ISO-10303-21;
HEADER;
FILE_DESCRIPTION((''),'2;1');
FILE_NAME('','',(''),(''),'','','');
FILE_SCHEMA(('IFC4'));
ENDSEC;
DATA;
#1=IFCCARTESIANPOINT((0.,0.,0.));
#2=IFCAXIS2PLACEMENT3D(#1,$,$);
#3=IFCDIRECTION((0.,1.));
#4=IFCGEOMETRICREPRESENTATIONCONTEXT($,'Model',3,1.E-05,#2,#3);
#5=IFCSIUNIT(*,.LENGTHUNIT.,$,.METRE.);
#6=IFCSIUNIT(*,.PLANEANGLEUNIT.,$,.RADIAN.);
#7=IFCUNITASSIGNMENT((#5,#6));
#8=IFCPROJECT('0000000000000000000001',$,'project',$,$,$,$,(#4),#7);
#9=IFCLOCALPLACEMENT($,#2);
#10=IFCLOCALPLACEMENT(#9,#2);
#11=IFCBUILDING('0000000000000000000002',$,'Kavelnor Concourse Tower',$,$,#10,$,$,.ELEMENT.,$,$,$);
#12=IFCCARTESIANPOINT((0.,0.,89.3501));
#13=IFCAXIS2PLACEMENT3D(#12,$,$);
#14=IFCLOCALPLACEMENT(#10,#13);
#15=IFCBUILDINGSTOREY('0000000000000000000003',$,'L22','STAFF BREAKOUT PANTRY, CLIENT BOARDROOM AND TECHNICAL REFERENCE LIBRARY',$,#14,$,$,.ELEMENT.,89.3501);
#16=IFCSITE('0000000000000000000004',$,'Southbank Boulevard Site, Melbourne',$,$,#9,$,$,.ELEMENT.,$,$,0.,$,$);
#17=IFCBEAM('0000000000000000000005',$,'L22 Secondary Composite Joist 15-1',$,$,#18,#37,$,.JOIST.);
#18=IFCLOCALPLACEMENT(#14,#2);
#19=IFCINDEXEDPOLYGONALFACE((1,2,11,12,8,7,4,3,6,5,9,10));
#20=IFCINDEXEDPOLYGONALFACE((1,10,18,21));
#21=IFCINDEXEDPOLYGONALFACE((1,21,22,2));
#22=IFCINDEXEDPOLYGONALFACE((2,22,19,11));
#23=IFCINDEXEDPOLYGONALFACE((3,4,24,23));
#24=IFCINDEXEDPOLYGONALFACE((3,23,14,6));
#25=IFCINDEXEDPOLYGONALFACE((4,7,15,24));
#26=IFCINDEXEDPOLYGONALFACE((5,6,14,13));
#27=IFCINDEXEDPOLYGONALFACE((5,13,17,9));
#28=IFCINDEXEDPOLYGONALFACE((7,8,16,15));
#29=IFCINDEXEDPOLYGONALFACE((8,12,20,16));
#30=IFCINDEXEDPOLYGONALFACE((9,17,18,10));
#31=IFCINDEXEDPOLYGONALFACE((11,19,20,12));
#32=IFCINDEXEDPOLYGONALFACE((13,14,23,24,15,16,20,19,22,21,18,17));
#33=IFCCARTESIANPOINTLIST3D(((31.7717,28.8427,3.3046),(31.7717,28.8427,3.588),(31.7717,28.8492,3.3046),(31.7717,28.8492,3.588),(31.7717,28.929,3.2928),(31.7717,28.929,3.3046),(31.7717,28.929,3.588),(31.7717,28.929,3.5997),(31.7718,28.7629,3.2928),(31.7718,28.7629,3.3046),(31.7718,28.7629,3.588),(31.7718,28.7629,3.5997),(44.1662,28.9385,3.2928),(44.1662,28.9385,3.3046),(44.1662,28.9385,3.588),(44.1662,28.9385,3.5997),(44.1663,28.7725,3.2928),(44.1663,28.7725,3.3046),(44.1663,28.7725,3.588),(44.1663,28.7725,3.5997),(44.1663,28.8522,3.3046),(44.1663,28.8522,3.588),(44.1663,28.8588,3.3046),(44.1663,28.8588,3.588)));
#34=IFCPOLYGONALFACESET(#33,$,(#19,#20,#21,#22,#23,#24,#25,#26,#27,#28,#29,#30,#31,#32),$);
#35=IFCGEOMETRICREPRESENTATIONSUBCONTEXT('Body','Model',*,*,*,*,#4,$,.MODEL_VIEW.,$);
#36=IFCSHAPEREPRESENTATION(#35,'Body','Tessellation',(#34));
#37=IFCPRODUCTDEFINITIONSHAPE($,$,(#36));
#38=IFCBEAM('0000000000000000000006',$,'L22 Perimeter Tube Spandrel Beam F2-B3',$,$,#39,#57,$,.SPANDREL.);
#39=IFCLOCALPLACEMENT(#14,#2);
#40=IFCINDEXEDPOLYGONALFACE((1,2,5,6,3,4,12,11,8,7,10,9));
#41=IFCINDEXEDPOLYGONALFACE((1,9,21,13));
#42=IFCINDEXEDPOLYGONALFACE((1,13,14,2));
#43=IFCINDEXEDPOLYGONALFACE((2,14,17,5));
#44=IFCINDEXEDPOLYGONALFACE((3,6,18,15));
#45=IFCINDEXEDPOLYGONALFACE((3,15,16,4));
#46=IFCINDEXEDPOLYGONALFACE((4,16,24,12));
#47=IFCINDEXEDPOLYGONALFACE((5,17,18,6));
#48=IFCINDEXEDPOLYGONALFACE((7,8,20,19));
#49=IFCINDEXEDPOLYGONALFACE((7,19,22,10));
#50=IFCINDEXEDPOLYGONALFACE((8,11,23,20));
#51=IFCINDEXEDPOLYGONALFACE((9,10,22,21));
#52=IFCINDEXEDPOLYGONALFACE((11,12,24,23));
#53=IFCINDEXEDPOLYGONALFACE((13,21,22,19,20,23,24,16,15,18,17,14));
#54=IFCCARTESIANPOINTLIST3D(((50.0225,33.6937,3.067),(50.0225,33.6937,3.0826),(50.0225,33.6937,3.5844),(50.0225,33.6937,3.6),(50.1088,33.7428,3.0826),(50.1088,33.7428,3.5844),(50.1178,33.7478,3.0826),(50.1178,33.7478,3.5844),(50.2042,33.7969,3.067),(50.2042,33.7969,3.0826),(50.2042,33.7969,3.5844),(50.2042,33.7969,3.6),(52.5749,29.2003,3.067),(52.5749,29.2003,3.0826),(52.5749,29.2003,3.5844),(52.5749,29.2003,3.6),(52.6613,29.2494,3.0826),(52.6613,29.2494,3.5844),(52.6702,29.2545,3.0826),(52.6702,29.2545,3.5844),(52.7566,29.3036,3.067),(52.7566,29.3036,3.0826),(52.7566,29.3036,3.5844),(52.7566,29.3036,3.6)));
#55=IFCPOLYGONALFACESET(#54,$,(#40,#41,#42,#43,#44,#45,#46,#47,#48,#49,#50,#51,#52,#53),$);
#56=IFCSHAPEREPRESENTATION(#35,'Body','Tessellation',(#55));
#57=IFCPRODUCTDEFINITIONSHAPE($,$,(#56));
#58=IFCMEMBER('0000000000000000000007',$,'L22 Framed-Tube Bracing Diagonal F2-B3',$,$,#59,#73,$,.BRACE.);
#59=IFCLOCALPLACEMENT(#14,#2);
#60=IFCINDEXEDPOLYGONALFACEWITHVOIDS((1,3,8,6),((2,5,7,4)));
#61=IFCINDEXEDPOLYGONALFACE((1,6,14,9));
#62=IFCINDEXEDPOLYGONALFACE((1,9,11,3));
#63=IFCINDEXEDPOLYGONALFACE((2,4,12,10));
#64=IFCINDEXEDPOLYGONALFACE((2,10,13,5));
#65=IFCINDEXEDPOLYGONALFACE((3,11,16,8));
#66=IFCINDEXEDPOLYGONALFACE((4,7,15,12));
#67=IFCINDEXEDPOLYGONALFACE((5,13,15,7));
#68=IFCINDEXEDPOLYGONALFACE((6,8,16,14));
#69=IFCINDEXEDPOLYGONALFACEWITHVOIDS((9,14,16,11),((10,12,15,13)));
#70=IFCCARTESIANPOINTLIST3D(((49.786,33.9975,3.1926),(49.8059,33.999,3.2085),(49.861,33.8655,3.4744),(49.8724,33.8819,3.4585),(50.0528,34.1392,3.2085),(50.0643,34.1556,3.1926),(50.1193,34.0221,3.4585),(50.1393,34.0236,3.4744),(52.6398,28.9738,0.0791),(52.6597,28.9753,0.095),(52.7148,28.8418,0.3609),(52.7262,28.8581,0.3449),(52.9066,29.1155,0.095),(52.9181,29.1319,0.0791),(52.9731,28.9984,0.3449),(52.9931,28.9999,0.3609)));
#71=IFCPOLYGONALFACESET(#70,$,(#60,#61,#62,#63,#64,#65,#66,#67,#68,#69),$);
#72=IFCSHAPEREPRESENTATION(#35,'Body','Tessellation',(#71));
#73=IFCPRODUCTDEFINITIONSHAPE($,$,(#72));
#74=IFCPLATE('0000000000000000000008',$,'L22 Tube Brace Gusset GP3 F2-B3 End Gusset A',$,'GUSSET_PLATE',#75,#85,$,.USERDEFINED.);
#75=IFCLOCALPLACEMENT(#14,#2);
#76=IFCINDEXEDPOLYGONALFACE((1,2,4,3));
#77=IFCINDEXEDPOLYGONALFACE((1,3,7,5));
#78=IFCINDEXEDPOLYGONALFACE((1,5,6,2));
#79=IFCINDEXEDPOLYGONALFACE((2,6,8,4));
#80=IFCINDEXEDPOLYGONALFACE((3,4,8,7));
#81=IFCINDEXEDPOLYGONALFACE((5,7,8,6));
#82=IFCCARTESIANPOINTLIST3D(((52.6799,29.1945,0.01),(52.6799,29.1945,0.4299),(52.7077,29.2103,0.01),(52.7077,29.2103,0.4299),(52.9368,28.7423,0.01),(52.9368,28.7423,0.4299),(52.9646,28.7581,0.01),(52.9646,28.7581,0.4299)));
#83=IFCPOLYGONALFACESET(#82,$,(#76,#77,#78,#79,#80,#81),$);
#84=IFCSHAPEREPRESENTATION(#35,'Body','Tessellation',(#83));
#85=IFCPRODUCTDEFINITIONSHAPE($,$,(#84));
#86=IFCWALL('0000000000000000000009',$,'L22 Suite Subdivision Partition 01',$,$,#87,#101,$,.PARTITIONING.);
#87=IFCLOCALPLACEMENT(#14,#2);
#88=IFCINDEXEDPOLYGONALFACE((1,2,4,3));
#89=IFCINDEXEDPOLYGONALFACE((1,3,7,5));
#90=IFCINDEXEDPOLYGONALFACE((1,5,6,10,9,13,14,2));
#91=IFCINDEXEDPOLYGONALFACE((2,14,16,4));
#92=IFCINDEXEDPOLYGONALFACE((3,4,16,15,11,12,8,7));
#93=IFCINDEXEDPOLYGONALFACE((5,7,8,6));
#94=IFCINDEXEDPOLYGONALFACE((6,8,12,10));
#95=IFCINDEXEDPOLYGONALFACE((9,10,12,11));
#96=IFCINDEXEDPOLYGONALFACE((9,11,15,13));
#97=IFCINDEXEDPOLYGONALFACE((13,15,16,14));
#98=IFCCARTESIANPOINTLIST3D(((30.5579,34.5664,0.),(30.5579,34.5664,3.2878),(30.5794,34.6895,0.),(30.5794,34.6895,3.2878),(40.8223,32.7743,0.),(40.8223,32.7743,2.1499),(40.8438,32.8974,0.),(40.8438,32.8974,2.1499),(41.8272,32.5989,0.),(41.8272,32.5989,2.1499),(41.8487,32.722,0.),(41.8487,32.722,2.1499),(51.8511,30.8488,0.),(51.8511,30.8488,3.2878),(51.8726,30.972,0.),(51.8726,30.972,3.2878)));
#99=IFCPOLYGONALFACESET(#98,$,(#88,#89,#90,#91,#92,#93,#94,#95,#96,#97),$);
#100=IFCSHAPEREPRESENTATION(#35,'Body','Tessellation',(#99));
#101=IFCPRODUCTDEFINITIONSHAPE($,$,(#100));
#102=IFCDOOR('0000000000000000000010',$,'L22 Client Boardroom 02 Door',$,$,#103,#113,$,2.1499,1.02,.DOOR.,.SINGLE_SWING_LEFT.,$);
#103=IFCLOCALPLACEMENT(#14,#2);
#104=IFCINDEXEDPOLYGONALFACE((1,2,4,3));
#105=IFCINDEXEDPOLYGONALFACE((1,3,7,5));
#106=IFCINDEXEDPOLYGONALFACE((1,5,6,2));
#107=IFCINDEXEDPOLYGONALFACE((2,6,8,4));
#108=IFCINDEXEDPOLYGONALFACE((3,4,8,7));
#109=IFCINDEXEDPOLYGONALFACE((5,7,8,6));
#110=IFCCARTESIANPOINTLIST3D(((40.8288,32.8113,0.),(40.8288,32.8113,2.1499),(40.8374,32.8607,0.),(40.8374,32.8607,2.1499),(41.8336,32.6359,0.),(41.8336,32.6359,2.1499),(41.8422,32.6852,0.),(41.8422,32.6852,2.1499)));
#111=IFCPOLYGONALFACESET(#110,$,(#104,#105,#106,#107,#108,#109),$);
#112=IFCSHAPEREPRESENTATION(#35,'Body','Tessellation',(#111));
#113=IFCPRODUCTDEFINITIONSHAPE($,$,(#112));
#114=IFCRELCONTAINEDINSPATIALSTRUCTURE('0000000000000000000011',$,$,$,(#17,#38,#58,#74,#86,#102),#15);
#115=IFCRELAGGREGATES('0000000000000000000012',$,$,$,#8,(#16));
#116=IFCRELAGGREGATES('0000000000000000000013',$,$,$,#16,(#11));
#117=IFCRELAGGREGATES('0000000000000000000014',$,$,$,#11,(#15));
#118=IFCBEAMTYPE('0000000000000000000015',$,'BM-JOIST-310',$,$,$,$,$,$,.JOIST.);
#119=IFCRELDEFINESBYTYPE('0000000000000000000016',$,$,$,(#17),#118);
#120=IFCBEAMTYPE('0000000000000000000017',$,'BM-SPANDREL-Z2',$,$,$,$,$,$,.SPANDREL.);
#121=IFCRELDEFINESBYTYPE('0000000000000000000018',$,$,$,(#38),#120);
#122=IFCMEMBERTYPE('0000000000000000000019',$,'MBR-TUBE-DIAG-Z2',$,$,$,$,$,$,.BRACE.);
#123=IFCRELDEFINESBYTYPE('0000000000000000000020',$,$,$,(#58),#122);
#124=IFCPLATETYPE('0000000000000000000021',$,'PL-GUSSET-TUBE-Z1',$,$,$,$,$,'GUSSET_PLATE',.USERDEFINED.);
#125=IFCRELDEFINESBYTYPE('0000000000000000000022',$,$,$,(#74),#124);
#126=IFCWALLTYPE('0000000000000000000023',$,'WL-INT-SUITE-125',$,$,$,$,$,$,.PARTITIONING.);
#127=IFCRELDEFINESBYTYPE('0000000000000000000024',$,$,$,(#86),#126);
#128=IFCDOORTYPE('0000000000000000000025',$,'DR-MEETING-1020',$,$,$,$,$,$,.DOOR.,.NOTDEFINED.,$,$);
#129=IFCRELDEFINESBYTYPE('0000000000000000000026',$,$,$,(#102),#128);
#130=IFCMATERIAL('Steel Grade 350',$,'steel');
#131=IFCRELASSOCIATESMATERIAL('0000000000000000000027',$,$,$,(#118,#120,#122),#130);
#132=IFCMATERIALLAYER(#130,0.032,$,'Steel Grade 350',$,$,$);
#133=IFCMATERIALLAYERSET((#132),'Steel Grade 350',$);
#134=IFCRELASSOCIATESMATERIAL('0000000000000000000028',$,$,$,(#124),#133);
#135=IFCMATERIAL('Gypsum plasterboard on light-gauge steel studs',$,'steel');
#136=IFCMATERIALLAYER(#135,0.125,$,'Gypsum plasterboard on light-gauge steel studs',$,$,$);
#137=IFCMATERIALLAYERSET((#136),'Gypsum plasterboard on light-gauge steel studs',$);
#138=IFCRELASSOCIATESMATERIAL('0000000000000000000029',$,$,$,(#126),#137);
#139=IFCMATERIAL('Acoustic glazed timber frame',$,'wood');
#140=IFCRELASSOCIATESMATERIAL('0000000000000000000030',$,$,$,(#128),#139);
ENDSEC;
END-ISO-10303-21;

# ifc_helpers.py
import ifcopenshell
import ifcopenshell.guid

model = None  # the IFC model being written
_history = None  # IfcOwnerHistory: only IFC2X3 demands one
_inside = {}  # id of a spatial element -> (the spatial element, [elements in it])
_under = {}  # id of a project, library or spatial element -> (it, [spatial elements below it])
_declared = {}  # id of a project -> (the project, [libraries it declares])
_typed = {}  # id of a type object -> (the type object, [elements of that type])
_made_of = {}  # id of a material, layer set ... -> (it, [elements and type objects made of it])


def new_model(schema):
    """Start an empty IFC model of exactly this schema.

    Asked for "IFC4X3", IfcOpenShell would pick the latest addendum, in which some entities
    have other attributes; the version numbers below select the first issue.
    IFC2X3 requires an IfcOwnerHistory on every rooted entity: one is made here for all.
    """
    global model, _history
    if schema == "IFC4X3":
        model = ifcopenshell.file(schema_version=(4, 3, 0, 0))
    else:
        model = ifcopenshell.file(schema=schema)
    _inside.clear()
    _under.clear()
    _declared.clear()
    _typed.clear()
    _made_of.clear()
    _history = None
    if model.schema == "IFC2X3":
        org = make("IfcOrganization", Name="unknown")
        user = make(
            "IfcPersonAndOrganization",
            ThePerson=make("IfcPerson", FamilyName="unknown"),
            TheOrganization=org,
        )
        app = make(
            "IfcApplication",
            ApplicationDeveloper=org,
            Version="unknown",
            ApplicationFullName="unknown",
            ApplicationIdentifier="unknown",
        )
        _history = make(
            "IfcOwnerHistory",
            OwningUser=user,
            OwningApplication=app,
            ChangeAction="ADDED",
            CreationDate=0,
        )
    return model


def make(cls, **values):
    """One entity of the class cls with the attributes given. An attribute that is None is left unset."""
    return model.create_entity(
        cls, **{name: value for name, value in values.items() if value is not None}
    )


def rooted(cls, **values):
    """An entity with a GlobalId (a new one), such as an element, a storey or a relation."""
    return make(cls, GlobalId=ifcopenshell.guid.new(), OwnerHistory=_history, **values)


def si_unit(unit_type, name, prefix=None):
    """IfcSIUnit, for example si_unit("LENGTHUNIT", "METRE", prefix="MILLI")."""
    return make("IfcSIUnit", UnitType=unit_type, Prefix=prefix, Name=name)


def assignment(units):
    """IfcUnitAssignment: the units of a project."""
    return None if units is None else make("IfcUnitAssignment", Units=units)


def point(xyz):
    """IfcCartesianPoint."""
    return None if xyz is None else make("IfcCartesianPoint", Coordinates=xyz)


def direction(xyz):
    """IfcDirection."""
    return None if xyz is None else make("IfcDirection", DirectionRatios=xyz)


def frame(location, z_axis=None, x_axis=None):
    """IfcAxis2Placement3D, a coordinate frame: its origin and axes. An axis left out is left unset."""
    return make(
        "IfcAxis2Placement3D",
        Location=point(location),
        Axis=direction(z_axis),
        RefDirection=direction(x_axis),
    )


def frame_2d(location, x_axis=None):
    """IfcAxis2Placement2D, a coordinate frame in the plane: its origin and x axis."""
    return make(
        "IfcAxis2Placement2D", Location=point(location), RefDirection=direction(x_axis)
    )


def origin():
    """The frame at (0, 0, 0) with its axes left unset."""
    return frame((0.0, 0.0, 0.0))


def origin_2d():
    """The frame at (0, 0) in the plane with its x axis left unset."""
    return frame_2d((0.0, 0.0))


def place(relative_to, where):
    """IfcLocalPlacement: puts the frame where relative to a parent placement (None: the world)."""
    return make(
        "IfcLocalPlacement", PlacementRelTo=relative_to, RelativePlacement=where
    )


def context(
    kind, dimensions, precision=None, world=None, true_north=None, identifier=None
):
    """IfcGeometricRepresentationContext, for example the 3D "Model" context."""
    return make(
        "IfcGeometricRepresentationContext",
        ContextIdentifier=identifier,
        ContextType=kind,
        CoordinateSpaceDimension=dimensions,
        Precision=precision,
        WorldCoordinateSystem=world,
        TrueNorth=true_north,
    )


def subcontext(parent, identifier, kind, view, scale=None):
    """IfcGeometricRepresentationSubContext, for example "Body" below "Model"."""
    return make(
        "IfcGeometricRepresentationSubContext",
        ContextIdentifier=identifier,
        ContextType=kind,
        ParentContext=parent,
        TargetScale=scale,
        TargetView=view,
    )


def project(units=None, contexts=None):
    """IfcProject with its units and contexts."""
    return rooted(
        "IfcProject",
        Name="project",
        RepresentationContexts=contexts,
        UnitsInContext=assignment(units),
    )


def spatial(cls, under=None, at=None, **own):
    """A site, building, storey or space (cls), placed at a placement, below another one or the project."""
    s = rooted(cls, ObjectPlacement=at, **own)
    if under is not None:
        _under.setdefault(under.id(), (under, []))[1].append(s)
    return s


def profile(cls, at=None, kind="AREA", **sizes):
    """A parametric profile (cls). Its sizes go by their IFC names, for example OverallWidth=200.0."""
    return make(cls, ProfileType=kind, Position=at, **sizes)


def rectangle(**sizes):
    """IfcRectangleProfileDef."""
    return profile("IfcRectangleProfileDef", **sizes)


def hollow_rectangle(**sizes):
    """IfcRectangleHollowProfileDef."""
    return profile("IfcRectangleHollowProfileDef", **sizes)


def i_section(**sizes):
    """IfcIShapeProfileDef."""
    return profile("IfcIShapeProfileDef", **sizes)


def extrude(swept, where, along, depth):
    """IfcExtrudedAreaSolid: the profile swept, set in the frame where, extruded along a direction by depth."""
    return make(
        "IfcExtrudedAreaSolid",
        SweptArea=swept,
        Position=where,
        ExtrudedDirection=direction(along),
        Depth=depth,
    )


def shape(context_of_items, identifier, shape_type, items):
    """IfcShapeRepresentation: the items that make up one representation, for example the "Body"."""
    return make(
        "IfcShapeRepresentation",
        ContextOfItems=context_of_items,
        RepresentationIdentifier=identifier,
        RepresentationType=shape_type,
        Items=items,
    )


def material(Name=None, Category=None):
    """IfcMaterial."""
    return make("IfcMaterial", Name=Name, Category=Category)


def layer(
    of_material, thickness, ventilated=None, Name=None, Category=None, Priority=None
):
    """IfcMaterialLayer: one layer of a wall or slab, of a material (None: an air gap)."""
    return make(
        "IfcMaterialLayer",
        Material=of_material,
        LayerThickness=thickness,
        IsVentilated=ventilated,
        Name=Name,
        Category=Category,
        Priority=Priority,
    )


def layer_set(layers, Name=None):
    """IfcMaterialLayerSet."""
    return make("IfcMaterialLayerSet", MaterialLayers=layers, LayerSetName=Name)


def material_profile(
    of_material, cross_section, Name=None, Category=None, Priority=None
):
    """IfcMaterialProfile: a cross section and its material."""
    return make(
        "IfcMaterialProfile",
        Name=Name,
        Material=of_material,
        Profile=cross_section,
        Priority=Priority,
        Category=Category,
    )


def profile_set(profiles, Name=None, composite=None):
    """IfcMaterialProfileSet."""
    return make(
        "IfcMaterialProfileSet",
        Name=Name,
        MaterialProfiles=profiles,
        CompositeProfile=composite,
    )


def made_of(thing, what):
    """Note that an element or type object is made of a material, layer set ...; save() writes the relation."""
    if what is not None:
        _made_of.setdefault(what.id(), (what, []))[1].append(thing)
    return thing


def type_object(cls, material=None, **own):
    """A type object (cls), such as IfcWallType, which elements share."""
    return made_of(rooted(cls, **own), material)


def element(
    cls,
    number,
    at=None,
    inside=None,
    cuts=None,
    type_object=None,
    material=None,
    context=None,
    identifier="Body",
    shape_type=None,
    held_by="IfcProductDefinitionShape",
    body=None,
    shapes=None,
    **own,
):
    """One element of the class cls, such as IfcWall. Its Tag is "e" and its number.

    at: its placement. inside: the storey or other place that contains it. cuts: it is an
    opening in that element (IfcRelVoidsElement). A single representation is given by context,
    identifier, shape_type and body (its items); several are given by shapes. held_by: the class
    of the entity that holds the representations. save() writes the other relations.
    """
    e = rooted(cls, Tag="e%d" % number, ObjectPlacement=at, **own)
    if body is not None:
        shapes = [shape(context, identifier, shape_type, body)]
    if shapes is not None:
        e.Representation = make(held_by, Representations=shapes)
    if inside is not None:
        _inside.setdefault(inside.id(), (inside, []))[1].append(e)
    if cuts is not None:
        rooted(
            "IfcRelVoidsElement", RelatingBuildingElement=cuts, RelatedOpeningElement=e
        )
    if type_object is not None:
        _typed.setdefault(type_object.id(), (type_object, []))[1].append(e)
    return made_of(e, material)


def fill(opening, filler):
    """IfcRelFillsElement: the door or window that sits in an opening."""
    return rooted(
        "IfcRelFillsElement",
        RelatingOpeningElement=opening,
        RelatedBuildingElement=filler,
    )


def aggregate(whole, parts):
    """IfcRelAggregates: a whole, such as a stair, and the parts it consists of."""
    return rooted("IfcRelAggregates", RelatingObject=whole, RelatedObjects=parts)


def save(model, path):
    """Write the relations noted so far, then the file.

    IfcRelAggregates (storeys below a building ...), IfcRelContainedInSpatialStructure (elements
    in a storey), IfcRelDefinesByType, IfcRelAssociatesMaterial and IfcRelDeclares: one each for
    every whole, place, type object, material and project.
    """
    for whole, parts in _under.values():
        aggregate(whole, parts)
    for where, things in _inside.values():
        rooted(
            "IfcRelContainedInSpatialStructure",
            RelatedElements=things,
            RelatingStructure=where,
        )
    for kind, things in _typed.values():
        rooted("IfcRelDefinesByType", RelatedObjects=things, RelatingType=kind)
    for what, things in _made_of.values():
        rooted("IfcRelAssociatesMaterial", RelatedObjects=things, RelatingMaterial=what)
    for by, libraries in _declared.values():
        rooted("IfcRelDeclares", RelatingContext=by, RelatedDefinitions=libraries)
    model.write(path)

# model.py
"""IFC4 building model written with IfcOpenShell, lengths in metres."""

from ifc_helpers import new_model, si_unit, direction, frame, frame_2d, origin, origin_2d, place, context, subcontext, project, spatial, rectangle, hollow_rectangle, i_section, extrude, material, layer, layer_set, material_profile, profile_set, type_object, element, fill, save


model = new_model("IFC4")

# Units and contexts
model_context = context("Model", 3, precision=1e-05, world=origin(), true_north=direction((0.0, 1.0)))
body_context = subcontext(model_context, "Body", "Model", "MODEL_VIEW")
ifc_project = project(units=[si_unit("LENGTHUNIT", "METRE"), si_unit("PLANEANGLEUNIT", "RADIAN")], contexts=[model_context])

# Site, building, storey
site_placement = place(None, origin())
site = spatial("IfcSite", under=ifc_project, at=site_placement, Name="Southbank Boulevard Site, Melbourne", CompositionType="ELEMENT", RefElevation=0.0)
building_placement = place(site_placement, origin())
building = spatial("IfcBuilding", under=site, at=building_placement, Name="Kavelnor Concourse Tower", CompositionType="ELEMENT")
storey_placement = place(building_placement, frame((0.0, 0.0, 89.3501)))
storey = spatial("IfcBuildingStorey", under=building, at=storey_placement, Name="L22", Description="STAFF BREAKOUT PANTRY, CLIENT BOARDROOM AND TECHNICAL REFERENCE LIBRARY", CompositionType="ELEMENT", Elevation=89.3501)

# Shared definitions
ifc_material_1 = material(Name="Steel Grade 350", Category="steel")

# Beams
ifc_material_profile_1 = material_profile(ifc_material_1, i_section(OverallWidth=0.166, OverallDepth=0.3069, WebThickness=0.0066, FlangeThickness=0.0117, at=origin_2d()), Name="310UB46")
ifc_profile_set_1 = profile_set([ifc_material_profile_1], Name="Steel Grade 350")
beam_type_1 = type_object("IfcBeamType", Name="BM-JOIST-310", PredefinedType="JOIST", material=ifc_profile_set_1)
beam_1_placement = place(storey_placement, frame((44.1663, 28.8555, 3.4463), z_axis=(-1.0, -0.000768, 0.0), x_axis=(0.000768, -1.0, 0.0)))
element("IfcBeam", 1, at=beam_1_placement, inside=storey, type_object=beam_type_1, Name="L22 Secondary Composite Joist 15-1", PredefinedType="JOIST", context=body_context, shape_type="SweptSolid", body=[
    extrude(i_section(OverallWidth=0.166, OverallDepth=0.3069, WebThickness=0.0066, FlangeThickness=0.0117, at=origin_2d()), origin(), (0.0, 0.0, 1.0), 12.3945),
])
ifc_material_profile_2 = material_profile(ifc_material_1, i_section(OverallWidth=0.209, OverallDepth=0.533, WebThickness=0.0103, FlangeThickness=0.0156, at=origin_2d()), Name="530UB92")
ifc_profile_set_2 = profile_set([ifc_material_profile_2], Name="Steel Grade 350")
beam_type_2 = type_object("IfcBeamType", Name="BM-SPANDREL-Z2", PredefinedType="SPANDREL", material=ifc_profile_set_2)
beam_2_placement = place(storey_placement, frame((52.6658, 29.252, 3.3335), z_axis=(-0.493924, 0.869505, 0.0), x_axis=(-0.869505, -0.493924, 0.0)))
element("IfcBeam", 2, at=beam_2_placement, inside=storey, type_object=beam_type_2, Name="L22 Perimeter Tube Spandrel Beam F2-B3", PredefinedType="SPANDREL", context=body_context, shape_type="SweptSolid", body=[
    extrude(i_section(OverallWidth=0.209, OverallDepth=0.533, WebThickness=0.0103, FlangeThickness=0.0156, at=origin_2d()), origin(), (0.0, 0.0, 1.0), 5.1677),
])

# Member
ifc_material_profile_3 = material_profile(ifc_material_1, hollow_rectangle(XDim=0.3201, YDim=0.3201, WallThickness=0.0181, at=origin_2d()), Name="SHS 320x320x18")
ifc_profile_set_3 = profile_set([ifc_material_profile_3], Name="Steel Grade 350")
member_type = type_object("IfcMemberType", Name="MBR-TUBE-DIAG-Z2", PredefinedType="BRACE", material=ifc_profile_set_3)
member_placement = place(storey_placement, frame((52.8164, 28.9868, 0.22), z_axis=(-0.434813, 0.765434, 0.474393), x_axis=(-0.869502, -0.49393, 0.0)))
element("IfcMember", 3, at=member_placement, inside=storey, type_object=member_type, Name="L22 Framed-Tube Bracing Diagonal F2-B3", PredefinedType="BRACE", context=body_context, shape_type="SweptSolid", body=[
    extrude(hollow_rectangle(XDim=0.3201, YDim=0.3201, WallThickness=0.0181, at=origin_2d()), origin(), (0.0, 0.0, 1.0), 6.5632),
])

# Plate
ifc_layer_1 = layer(ifc_material_1, 0.032, Name="Steel Grade 350")
ifc_layer_set_1 = layer_set([ifc_layer_1], Name="Steel Grade 350")
plate_type = type_object("IfcPlateType", Name="PL-GUSSET-TUBE-Z1", ElementType="GUSSET_PLATE", PredefinedType="USERDEFINED", material=ifc_layer_set_1)
plate_placement = place(storey_placement, frame((52.8223, 28.9763, 0.01), z_axis=(0.0, 0.0, 1.0), x_axis=(-0.493942, 0.869495, 0.0)))
element("IfcPlate", 4, at=plate_placement, inside=storey, type_object=plate_type, Name="L22 Tube Brace Gusset GP3 F2-B3 End Gusset A", ObjectType="GUSSET_PLATE", PredefinedType="USERDEFINED", context=body_context, shape_type="SweptSolid", body=[
    extrude(rectangle(XDim=0.52, YDim=0.032, at=origin_2d()), origin(), (0.0, 0.0, 1.0), 0.4199),
])

# Wall, opening, door
ifc_material_2 = material(Name="Gypsum plasterboard on light-gauge steel studs", Category="steel")
ifc_layer_2 = layer(ifc_material_2, 0.125, Name="Gypsum plasterboard on light-gauge steel studs")
ifc_layer_set_2 = layer_set([ifc_layer_2], Name="Gypsum plasterboard on light-gauge steel studs")
wall_type = type_object("IfcWallType", Name="WL-INT-SUITE-125", PredefinedType="PARTITIONING", material=ifc_layer_set_2)
wall_placement = place(storey_placement, frame((51.8618, 30.9104, 0.0), z_axis=(0.0, 0.0, 1.0), x_axis=(-0.985099, 0.171986, 0.0)))
wall = element("IfcWall", 5, at=wall_placement, inside=storey, type_object=wall_type, Name="L22 Suite Subdivision Partition 01", PredefinedType="PARTITIONING", context=body_context, shape_type="SweptSolid", body=[
    extrude(rectangle(XDim=21.6152, YDim=0.125, at=frame_2d((10.8076, 0.0))), origin(), (0.0, 0.0, 1.0), 3.2878),
])
opening_placement = place(wall_placement, frame((10.1755, 0.0, 0.0)))
opening = element("IfcOpeningElement", 6, at=opening_placement, cuts=wall, PredefinedType="OPENING", context=body_context, shape_type="SweptSolid", body=[
    extrude(rectangle(XDim=1.02, YDim=2.1499, at=frame_2d((0.51, 1.075))), frame((0.0, 0.0725, 0.0), z_axis=(0.0, -1.0, 0.0), x_axis=(1.0, 0.0, 0.0)), (0.0, 0.0, 1.0), 0.145),
])
ifc_material_3 = material(Name="Acoustic glazed timber frame", Category="wood")
door_type = type_object("IfcDoorType", Name="DR-MEETING-1020", OperationType="NOTDEFINED", PredefinedType="DOOR", material=ifc_material_3)
door_placement = place(opening_placement, origin())
door = element("IfcDoor", 7, at=door_placement, inside=storey, type_object=door_type, Name="L22 Client Boardroom 02 Door", OperationType="SINGLE_SWING_LEFT", OverallHeight=2.1499, OverallWidth=1.02, PredefinedType="DOOR", context=body_context, shape_type="SweptSolid", body=[
    extrude(rectangle(XDim=1.02, YDim=2.1499, at=frame_2d((0.51, 1.075))), frame((0.0, 0.0249, 0.0), z_axis=(0.0, -1.0, 0.0), x_axis=(1.0, 0.0, 0.0)), (0.0, 0.0, 1.0), 0.05),
])
fill(opening, door)

save(model, "model.ifc")
